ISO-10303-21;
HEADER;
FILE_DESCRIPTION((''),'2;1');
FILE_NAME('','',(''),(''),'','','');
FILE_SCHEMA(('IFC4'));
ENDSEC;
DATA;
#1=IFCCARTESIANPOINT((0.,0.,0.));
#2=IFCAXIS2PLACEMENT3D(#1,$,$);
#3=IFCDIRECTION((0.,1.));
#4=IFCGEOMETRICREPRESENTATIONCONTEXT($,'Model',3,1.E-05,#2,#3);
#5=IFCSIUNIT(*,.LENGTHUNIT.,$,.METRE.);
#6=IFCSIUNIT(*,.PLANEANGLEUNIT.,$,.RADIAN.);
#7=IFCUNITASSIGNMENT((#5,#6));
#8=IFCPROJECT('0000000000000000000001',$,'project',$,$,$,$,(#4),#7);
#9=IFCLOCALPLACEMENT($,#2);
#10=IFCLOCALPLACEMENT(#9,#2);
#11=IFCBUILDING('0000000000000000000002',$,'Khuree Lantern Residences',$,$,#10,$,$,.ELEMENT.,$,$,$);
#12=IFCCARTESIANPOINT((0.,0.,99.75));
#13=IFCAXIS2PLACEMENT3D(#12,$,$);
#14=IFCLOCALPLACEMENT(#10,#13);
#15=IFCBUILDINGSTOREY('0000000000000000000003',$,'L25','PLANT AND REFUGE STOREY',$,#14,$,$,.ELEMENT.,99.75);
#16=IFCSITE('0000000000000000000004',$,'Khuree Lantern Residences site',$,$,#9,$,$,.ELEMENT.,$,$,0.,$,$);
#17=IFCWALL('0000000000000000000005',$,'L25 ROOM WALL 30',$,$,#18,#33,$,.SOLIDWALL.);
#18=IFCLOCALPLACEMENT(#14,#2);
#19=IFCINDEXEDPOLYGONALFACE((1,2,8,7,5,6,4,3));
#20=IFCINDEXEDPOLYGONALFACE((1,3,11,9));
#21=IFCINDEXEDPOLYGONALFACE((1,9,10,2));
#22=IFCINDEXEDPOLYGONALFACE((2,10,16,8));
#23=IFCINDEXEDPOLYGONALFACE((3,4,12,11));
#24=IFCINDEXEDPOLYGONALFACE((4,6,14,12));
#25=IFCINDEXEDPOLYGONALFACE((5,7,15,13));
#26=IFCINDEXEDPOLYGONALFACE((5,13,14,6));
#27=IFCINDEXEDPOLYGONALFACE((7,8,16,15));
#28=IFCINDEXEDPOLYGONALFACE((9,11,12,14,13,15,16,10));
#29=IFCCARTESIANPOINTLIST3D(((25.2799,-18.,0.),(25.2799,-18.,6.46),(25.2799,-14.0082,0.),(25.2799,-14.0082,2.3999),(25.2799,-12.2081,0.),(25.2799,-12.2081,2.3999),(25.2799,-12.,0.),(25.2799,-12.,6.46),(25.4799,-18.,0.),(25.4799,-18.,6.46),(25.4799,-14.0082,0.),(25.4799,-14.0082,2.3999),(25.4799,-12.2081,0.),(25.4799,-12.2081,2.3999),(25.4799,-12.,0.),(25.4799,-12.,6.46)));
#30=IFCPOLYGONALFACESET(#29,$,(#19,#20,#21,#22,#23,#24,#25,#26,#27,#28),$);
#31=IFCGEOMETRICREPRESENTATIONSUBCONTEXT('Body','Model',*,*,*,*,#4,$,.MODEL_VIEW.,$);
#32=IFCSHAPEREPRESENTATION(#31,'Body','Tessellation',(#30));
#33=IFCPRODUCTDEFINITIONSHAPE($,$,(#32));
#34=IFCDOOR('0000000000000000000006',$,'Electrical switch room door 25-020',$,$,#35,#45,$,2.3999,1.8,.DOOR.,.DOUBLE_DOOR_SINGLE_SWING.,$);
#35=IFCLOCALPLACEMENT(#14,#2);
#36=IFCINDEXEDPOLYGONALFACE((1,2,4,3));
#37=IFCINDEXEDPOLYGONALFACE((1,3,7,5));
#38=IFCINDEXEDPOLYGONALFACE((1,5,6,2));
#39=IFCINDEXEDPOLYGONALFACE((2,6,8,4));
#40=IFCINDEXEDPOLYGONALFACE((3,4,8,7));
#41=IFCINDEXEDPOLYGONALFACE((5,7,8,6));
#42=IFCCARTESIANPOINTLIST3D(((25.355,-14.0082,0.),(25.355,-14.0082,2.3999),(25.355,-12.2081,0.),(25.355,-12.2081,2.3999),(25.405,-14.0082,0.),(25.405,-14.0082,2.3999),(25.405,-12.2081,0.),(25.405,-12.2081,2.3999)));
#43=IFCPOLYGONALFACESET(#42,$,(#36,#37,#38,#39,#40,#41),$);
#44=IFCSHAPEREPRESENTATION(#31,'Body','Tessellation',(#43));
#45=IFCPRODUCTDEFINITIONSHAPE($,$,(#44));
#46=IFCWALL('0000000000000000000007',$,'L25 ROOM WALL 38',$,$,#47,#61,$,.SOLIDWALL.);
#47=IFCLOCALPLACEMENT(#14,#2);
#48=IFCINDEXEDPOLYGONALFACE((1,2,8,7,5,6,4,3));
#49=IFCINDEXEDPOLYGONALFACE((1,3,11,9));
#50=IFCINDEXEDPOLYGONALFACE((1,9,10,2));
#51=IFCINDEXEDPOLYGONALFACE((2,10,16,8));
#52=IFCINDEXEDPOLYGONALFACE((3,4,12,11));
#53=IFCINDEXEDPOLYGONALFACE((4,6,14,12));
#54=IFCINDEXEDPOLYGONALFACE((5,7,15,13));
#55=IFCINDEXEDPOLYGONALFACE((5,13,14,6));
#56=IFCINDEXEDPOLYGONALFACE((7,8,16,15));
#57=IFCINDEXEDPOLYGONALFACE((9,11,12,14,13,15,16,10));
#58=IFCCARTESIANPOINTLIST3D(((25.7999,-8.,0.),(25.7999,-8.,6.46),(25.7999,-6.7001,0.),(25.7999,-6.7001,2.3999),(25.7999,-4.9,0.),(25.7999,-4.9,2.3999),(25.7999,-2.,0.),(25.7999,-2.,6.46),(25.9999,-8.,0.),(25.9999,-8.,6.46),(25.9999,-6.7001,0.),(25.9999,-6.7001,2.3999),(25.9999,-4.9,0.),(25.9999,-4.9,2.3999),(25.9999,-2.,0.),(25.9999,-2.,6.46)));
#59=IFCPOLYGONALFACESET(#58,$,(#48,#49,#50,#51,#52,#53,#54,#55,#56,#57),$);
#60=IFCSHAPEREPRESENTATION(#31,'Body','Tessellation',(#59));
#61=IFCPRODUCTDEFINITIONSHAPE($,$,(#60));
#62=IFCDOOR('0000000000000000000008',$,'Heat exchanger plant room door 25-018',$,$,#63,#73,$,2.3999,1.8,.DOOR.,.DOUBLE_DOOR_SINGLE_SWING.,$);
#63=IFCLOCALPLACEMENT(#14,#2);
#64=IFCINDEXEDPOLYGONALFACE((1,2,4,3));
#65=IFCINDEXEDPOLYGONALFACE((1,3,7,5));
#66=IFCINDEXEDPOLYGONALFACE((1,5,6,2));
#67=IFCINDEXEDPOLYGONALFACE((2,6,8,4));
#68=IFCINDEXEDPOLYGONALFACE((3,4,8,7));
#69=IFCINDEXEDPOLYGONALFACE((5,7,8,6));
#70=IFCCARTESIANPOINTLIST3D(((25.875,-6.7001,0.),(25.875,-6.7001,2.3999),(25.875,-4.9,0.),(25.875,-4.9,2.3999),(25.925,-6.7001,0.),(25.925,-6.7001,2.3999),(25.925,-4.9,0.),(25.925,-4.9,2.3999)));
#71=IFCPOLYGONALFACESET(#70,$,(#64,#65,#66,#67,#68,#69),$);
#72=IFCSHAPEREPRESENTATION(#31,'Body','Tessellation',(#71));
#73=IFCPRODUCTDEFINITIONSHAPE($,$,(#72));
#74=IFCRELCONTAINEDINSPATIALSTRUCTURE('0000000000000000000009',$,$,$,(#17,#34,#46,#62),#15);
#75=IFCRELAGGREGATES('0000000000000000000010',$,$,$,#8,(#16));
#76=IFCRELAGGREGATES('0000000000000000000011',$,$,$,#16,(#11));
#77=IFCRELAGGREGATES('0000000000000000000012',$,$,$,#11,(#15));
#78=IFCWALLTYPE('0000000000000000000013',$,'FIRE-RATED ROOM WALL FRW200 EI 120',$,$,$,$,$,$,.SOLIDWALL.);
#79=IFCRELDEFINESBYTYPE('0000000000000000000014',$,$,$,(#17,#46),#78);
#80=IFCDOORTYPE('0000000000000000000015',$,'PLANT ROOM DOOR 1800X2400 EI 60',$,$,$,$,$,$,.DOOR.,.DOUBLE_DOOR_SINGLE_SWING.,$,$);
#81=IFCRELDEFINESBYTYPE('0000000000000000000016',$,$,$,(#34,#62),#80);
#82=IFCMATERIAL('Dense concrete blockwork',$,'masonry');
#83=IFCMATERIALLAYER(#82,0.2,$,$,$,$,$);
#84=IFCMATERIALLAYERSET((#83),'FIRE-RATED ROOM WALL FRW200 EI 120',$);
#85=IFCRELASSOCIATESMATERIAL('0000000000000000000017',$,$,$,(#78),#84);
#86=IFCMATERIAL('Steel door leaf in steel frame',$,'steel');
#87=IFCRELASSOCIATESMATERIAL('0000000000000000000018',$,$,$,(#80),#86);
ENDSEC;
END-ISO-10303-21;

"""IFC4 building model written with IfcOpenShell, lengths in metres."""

from ifc_helpers import new_model, si_unit, direction, frame, frame_2d, origin, place, context, subcontext, project, spatial, rectangle, extrude, material, layer, layer_set, type_object, element, fill, save


model = new_model("IFC4")

# Units and contexts
model_context = context("Model", 3, precision=1e-05, world=origin(), true_north=direction((0.0, 1.0)))
body_context = subcontext(model_context, "Body", "Model", "MODEL_VIEW")
ifc_project = project(units=[si_unit("LENGTHUNIT", "METRE"), si_unit("PLANEANGLEUNIT", "RADIAN")], contexts=[model_context])

# Site, building, storey
site_placement = place(None, origin())
site = spatial("IfcSite", under=ifc_project, at=site_placement, Name="Khuree Lantern Residences site", CompositionType="ELEMENT", RefElevation=0.0)
building_placement = place(site_placement, origin())
building = spatial("IfcBuilding", under=site, at=building_placement, Name="Khuree Lantern Residences", CompositionType="ELEMENT")
storey_placement = place(building_placement, frame((0.0, 0.0, 99.75)))
storey = spatial("IfcBuildingStorey", under=building, at=storey_placement, Name="L25", Description="PLANT AND REFUGE STOREY", CompositionType="ELEMENT", Elevation=99.75)

# Shared definitions
ifc_material_1 = material(Name="Dense concrete blockwork", Category="masonry")
ifc_layer_1 = layer(ifc_material_1, 0.2)
ifc_layer_set_1 = layer_set([ifc_layer_1], Name="FIRE-RATED ROOM WALL FRW200 EI 120")
wall_type = type_object("IfcWallType", Name="FIRE-RATED ROOM WALL FRW200 EI 120", PredefinedType="SOLIDWALL", material=ifc_layer_set_1)

# Walls, openings, doors
wall_1_placement = place(storey_placement, frame((25.3799, -18.0, 0.0), z_axis=(0.0, 0.0, 1.0), x_axis=(0.0, 1.0, 0.0)))
wall_1 = element("IfcWall", 1, at=wall_1_placement, inside=storey, type_object=wall_type, Name="L25 ROOM WALL 30", PredefinedType="SOLIDWALL", context=body_context, shape_type="SweptSolid", body=[
    extrude(rectangle(XDim=6.0, YDim=0.2, at=frame_2d((3.0, 0.0))), origin(), (0.0, 0.0, 1.0), 6.46),
])
opening_1_placement = place(wall_1_placement, frame((3.9919, 0.0, 0.0)))
opening_1 = element("IfcOpeningElement", 2, at=opening_1_placement, cuts=wall_1, PredefinedType="OPENING", context=body_context, shape_type="SweptSolid", body=[
    extrude(rectangle(XDim=1.8, YDim=2.3999, at=frame_2d((0.8999, 1.2))), frame((0.0, 0.1099, 0.0), z_axis=(0.0, -1.0, 0.0), x_axis=(1.0, 0.0, 0.0)), (0.0, 0.0, 1.0), 0.22),
])
ifc_material_2 = material(Name="Steel door leaf in steel frame", Category="steel")
door_type = type_object("IfcDoorType", Name="PLANT ROOM DOOR 1800X2400 EI 60", OperationType="DOUBLE_DOOR_SINGLE_SWING", PredefinedType="DOOR", material=ifc_material_2)
door_1_placement = place(opening_1_placement, origin())
door_1 = element("IfcDoor", 3, at=door_1_placement, inside=storey, type_object=door_type, Name="Electrical switch room door 25-020", OperationType="DOUBLE_DOOR_SINGLE_SWING", OverallHeight=2.3999, OverallWidth=1.8, PredefinedType="DOOR", context=body_context, shape_type="SweptSolid", body=[
    extrude(rectangle(XDim=1.8, YDim=2.3999, at=frame_2d((0.8999, 1.2))), frame((0.0, 0.0249, 0.0), z_axis=(0.0, -1.0, 0.0), x_axis=(1.0, 0.0, 0.0)), (0.0, 0.0, 1.0), 0.05),
])
fill(opening_1, door_1)
wall_2_placement = place(storey_placement, frame((25.8999, -8.0, 0.0), z_axis=(0.0, 0.0, 1.0), x_axis=(0.0, 1.0, 0.0)))
wall_2 = element("IfcWall", 4, at=wall_2_placement, inside=storey, type_object=wall_type, Name="L25 ROOM WALL 38", PredefinedType="SOLIDWALL", context=body_context, shape_type="SweptSolid", body=[
    extrude(rectangle(XDim=6.0, YDim=0.2, at=frame_2d((3.0, 0.0))), origin(), (0.0, 0.0, 1.0), 6.46),
])
opening_2_placement = place(wall_2_placement, frame((1.3, 0.0, 0.0)))
opening_2 = element("IfcOpeningElement", 5, at=opening_2_placement, cuts=wall_2, PredefinedType="OPENING", context=body_context, shape_type="SweptSolid", body=[
    extrude(rectangle(XDim=1.8, YDim=2.3999, at=frame_2d((0.8999, 1.2))), frame((0.0, 0.1099, 0.0), z_axis=(0.0, -1.0, 0.0), x_axis=(1.0, 0.0, 0.0)), (0.0, 0.0, 1.0), 0.22),
])
door_2_placement = place(opening_2_placement, origin())
door_2 = element("IfcDoor", 6, at=door_2_placement, inside=storey, type_object=door_type, Name="Heat exchanger plant room door 25-018", OperationType="DOUBLE_DOOR_SINGLE_SWING", OverallHeight=2.3999, OverallWidth=1.8, PredefinedType="DOOR", context=body_context, shape_type="SweptSolid", body=[
    extrude(rectangle(XDim=1.8, YDim=2.3999, at=frame_2d((0.8999, 1.2))), frame((0.0, 0.0249, 0.0), z_axis=(0.0, -1.0, 0.0), x_axis=(1.0, 0.0, 0.0)), (0.0, 0.0, 1.0), 0.05),
])
fill(opening_2, door_2)

save(model, "model.ifc")
